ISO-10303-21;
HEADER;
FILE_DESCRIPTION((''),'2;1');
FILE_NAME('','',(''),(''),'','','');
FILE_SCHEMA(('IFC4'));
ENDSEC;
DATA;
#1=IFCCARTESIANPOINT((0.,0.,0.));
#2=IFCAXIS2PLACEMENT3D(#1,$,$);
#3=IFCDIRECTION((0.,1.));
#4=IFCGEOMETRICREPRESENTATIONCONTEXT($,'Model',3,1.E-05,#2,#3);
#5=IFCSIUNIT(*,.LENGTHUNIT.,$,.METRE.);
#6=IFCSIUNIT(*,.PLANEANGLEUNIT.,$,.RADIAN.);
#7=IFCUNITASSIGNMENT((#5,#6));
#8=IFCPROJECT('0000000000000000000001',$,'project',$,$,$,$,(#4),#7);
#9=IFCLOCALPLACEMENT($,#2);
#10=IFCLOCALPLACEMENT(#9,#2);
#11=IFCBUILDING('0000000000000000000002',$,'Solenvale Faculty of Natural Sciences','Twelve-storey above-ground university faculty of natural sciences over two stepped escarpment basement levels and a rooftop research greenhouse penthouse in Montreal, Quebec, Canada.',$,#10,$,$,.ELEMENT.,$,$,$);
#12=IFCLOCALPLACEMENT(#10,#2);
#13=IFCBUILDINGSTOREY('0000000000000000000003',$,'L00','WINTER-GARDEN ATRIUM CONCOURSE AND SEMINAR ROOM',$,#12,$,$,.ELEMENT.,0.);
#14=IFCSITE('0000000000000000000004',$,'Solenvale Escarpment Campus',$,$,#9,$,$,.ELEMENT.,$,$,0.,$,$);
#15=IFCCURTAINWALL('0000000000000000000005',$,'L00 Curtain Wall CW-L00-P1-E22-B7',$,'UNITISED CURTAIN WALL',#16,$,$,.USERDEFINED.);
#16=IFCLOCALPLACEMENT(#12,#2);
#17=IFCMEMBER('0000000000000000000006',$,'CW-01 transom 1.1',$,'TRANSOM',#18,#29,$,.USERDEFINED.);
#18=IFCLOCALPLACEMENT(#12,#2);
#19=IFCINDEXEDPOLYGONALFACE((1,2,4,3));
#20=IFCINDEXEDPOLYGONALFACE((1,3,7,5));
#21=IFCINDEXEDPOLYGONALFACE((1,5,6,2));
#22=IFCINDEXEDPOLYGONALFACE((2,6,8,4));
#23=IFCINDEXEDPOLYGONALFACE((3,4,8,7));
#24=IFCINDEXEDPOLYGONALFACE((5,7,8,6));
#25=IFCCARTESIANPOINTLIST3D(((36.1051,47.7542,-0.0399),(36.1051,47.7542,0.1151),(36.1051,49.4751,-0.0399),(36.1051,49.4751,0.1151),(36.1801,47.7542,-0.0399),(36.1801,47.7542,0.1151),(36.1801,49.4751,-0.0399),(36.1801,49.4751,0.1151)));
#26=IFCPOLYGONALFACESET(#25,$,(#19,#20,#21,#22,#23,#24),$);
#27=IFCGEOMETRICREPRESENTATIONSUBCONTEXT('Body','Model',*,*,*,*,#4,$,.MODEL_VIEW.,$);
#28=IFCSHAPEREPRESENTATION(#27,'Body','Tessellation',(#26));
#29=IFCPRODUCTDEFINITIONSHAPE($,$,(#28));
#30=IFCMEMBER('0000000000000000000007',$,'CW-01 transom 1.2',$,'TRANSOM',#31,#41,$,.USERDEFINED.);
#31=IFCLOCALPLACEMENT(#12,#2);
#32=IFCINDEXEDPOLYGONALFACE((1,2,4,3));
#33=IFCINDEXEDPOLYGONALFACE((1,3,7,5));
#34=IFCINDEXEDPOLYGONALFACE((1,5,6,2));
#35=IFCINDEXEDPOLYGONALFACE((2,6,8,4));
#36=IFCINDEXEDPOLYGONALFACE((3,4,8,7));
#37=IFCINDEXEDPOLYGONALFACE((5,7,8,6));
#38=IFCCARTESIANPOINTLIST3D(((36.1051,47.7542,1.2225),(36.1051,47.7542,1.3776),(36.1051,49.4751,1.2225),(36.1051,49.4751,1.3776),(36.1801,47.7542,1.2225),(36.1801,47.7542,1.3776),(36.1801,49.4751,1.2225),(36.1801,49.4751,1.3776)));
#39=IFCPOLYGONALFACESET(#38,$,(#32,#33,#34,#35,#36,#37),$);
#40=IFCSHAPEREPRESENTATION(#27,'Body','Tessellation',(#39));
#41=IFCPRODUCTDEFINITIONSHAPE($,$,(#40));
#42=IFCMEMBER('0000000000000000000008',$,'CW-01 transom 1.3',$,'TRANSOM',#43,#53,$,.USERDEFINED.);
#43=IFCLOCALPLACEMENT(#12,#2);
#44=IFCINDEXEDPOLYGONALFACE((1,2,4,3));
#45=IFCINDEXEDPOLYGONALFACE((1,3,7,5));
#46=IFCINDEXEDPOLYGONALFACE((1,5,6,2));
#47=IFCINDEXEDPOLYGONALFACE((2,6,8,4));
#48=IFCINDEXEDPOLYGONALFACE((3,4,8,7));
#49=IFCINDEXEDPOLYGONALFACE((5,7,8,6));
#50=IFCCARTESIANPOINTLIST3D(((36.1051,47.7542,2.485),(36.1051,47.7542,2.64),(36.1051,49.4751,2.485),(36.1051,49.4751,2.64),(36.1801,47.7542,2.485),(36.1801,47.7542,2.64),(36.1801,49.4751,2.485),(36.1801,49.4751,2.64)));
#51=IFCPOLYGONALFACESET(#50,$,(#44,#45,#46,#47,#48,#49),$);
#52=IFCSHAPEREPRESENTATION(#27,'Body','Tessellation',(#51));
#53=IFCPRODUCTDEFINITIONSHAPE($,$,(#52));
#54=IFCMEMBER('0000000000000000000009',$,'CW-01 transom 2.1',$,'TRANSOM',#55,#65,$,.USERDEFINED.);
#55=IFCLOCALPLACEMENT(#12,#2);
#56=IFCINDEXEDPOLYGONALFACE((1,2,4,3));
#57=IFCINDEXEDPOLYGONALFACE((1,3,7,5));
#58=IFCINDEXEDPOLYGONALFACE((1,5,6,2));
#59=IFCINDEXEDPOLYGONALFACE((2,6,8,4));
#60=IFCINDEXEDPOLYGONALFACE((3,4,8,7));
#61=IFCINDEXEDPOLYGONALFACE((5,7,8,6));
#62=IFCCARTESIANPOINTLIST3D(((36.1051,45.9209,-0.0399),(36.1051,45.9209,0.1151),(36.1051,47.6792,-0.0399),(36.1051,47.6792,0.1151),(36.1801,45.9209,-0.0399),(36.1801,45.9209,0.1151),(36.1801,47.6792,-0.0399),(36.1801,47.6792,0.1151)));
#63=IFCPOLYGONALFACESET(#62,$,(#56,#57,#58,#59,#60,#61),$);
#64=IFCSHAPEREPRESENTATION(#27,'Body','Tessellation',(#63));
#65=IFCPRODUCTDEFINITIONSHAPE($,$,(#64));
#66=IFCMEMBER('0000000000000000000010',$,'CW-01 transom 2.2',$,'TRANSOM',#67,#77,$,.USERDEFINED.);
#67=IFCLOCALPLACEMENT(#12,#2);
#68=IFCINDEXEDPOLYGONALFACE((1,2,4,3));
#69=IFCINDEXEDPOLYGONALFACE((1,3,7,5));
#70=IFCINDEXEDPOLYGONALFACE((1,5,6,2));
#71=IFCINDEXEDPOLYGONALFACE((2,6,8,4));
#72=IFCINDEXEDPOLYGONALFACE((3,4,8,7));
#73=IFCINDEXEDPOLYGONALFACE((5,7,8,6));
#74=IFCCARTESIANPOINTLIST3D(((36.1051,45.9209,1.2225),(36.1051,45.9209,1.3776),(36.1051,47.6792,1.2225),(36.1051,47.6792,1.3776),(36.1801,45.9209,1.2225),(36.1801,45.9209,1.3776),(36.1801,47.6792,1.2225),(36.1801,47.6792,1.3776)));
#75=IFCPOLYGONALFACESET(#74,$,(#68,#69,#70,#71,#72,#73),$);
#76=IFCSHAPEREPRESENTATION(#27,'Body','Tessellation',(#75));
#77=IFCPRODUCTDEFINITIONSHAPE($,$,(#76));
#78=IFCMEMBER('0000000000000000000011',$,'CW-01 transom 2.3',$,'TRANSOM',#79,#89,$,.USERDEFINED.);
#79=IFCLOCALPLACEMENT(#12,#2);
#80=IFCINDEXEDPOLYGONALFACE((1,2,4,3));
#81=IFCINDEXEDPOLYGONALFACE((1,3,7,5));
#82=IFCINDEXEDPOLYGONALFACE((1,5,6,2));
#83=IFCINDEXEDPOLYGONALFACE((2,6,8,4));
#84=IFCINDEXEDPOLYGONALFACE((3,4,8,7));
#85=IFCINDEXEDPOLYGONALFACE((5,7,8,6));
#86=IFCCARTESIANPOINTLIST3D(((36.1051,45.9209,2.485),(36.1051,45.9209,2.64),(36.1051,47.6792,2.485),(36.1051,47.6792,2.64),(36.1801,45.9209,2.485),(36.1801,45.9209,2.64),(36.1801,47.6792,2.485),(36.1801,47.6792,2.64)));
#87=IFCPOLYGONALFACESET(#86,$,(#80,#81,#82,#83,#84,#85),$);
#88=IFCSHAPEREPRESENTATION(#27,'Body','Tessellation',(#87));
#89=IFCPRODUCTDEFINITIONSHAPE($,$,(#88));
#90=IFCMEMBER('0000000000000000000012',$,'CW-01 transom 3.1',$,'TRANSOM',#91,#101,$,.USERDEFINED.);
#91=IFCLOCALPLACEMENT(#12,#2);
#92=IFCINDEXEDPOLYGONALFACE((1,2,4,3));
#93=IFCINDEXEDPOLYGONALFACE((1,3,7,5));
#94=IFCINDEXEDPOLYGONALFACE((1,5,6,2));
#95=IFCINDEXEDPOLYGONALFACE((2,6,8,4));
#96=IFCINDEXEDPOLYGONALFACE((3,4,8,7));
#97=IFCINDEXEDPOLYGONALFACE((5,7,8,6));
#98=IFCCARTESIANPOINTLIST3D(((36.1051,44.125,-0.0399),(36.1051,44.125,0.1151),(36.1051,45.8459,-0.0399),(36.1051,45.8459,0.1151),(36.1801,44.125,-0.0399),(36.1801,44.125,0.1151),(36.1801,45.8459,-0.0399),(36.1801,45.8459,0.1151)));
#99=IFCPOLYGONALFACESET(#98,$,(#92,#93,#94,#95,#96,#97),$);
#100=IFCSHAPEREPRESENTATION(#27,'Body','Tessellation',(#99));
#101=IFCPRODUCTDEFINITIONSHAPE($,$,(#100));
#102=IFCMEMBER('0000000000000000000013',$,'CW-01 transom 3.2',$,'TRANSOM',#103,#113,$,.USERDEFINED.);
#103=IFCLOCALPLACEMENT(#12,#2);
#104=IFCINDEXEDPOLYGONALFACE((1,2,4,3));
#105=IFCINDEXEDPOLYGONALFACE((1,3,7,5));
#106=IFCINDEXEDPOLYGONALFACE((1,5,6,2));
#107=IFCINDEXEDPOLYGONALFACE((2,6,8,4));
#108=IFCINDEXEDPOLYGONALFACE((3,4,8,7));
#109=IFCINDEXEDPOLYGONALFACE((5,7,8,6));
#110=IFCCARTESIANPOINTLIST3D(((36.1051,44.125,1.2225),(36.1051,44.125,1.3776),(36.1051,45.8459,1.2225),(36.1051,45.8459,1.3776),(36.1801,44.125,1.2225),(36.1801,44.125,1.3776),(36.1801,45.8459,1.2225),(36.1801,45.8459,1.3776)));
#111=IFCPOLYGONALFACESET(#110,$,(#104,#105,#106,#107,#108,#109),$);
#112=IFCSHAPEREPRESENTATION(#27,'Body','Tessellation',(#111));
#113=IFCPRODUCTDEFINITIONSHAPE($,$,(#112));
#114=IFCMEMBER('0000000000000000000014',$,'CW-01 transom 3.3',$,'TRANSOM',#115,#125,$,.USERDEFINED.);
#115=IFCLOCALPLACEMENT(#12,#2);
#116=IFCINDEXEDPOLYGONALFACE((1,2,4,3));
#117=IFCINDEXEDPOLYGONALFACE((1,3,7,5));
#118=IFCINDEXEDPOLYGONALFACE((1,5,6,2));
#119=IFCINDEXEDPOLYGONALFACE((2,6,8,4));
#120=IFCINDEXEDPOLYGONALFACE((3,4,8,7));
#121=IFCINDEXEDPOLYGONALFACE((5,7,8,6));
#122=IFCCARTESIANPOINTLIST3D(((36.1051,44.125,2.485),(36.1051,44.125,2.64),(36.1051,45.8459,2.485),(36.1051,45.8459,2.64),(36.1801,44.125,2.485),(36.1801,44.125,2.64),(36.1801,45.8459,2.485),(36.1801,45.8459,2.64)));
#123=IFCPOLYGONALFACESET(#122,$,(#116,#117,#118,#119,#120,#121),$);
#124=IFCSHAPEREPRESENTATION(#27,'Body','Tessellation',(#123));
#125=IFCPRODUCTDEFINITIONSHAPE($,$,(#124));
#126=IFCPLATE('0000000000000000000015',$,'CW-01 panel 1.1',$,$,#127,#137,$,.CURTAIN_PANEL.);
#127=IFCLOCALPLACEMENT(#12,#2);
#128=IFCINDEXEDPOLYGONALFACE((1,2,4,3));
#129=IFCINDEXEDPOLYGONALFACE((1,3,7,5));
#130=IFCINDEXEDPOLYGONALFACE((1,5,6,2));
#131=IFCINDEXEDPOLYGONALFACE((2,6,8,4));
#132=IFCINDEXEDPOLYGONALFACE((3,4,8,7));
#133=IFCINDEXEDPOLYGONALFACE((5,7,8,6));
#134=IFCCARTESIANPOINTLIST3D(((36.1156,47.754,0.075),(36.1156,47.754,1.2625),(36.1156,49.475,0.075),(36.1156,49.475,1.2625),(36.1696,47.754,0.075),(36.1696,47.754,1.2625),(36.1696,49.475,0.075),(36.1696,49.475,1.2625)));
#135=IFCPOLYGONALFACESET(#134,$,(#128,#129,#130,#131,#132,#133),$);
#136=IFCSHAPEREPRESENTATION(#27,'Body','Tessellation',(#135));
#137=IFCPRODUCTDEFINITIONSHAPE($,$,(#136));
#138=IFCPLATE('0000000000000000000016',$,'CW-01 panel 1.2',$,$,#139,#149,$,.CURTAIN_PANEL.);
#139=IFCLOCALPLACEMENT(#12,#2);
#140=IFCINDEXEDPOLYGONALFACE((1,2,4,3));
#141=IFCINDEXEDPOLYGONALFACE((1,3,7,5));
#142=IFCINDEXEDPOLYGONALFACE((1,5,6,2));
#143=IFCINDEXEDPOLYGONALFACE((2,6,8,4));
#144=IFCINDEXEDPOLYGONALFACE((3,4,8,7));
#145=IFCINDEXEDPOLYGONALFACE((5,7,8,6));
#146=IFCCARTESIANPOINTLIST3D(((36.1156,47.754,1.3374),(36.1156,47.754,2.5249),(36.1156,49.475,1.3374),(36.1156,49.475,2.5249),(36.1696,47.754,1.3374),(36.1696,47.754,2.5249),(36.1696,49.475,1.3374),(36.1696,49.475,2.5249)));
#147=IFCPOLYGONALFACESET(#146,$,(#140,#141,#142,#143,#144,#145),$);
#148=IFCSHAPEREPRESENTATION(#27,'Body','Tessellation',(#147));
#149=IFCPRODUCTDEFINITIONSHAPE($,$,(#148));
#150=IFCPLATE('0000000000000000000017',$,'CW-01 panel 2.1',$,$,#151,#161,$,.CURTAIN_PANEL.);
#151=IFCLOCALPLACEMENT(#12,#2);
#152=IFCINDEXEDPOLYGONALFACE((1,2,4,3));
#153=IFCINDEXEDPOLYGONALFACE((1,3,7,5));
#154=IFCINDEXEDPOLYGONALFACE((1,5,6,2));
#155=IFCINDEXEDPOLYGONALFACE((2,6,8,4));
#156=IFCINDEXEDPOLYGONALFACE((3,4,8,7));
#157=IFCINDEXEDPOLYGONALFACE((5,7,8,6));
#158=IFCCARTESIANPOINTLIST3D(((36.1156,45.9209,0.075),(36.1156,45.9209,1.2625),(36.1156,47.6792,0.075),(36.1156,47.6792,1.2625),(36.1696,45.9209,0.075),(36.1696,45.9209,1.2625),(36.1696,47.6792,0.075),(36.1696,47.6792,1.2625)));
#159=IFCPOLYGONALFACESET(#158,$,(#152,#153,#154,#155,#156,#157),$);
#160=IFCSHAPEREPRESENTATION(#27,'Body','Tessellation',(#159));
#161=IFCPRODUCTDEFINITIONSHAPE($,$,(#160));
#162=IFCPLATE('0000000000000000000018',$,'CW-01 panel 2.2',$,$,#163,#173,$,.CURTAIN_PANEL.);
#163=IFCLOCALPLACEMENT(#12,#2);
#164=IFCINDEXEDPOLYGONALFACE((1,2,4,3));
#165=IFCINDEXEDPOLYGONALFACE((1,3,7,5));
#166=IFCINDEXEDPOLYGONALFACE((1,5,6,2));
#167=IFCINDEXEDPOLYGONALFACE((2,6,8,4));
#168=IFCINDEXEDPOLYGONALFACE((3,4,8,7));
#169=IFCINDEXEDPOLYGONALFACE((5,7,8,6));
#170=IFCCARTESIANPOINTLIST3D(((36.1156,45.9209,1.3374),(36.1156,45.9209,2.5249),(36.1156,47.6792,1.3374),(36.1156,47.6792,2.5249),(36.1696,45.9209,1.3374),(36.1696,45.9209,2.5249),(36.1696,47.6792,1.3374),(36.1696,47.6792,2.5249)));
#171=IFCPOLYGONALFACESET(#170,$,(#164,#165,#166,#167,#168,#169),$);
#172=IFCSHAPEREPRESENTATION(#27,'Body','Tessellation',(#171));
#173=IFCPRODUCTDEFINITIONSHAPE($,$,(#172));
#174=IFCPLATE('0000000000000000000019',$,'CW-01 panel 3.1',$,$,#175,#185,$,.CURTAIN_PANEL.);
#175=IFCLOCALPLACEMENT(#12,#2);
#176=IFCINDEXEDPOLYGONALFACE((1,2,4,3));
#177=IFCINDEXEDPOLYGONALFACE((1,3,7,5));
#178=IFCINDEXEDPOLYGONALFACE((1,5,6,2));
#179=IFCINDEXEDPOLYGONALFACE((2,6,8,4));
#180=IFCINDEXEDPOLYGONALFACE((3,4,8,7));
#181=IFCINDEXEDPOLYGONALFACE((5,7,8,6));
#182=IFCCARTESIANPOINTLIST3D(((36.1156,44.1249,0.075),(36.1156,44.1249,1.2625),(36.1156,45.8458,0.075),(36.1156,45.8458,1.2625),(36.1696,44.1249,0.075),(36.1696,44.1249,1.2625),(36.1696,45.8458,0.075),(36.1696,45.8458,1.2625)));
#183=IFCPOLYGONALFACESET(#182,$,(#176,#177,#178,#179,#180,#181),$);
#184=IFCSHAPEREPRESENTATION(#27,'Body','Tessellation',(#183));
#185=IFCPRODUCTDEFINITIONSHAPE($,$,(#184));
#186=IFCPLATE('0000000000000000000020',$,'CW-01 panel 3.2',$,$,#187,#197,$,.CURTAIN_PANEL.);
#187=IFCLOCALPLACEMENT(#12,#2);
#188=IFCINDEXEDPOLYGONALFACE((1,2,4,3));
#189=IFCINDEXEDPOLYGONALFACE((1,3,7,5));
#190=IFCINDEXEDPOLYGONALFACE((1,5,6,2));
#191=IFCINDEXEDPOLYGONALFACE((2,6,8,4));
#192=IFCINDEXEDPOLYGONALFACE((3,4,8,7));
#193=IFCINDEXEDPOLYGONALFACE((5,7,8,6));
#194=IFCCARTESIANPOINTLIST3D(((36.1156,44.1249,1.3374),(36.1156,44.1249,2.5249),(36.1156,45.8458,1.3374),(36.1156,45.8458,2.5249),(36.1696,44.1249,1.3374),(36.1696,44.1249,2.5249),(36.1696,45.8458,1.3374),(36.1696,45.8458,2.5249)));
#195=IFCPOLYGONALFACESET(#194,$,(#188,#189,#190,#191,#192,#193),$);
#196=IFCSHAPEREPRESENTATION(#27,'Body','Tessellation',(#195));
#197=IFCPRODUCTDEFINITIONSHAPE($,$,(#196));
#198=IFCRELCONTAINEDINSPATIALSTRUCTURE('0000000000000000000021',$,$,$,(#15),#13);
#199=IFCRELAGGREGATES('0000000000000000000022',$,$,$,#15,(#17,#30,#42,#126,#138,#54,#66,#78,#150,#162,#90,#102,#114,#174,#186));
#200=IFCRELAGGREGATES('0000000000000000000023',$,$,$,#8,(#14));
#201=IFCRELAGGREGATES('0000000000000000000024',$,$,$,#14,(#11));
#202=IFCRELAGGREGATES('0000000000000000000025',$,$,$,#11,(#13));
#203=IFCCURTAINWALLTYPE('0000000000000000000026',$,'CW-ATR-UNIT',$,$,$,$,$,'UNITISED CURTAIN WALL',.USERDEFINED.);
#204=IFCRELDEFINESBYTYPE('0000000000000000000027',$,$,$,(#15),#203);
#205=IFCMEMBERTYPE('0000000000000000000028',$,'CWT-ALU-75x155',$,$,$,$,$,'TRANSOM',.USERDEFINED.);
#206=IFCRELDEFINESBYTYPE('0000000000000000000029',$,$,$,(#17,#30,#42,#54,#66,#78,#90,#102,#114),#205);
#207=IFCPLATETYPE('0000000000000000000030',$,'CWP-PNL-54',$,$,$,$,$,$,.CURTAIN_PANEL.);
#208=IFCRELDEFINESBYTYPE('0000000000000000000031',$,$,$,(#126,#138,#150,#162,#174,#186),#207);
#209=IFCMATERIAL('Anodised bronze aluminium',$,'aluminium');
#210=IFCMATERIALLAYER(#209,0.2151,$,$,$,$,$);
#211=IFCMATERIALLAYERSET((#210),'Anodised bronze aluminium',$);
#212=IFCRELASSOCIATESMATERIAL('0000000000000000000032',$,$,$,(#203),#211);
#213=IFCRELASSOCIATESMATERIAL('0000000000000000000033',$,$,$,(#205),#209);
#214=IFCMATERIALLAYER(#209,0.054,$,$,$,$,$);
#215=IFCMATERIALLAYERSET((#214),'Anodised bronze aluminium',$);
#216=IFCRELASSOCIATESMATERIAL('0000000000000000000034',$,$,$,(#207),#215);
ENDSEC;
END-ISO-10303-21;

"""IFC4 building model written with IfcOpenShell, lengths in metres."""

from ifc_helpers import new_model, si_unit, direction, frame, origin, origin_2d, place, context, subcontext, project, spatial, rectangle, extrude, material, layer, layer_set, material_profile, profile_set, type_object, element, aggregate, save


model = new_model("IFC4")

# Units and contexts
model_context = context("Model", 3, precision=1e-05, world=origin(), true_north=direction((0.0, 1.0)))
body_context = subcontext(model_context, "Body", "Model", "MODEL_VIEW")
ifc_project = project(units=[si_unit("LENGTHUNIT", "METRE"), si_unit("PLANEANGLEUNIT", "RADIAN")], contexts=[model_context])

# Site, building, storey
site_placement = place(None, origin())
site = spatial("IfcSite", under=ifc_project, at=site_placement, Name="Solenvale Escarpment Campus", CompositionType="ELEMENT", RefElevation=0.0)
building_placement = place(site_placement, origin())
building = spatial("IfcBuilding", under=site, at=building_placement, Name="Solenvale Faculty of Natural Sciences", Description="Twelve-storey above-ground university faculty of natural sciences over two stepped escarpment basement levels and a rooftop research greenhouse penthouse in Montreal, Quebec, Canada.", CompositionType="ELEMENT")
storey_placement = place(building_placement, origin())
storey = spatial("IfcBuildingStorey", under=building, at=storey_placement, Name="L00", Description="WINTER-GARDEN ATRIUM CONCOURSE AND SEMINAR ROOM", CompositionType="ELEMENT", Elevation=0.0)

# Curtain wall, members, plates
ifc_material_1 = material(Name="Anodised bronze aluminium", Category="aluminium")
ifc_layer_1 = layer(ifc_material_1, 0.2151)
ifc_layer_set_1 = layer_set([ifc_layer_1], Name="Anodised bronze aluminium")
curtain_wall_type = type_object("IfcCurtainWallType", Name="CW-ATR-UNIT", ElementType="UNITISED CURTAIN WALL", PredefinedType="USERDEFINED", material=ifc_layer_set_1)
curtain_wall_placement = place(storey_placement, origin())
curtain_wall = element("IfcCurtainWall", 1, at=curtain_wall_placement, inside=storey, type_object=curtain_wall_type, Name="L00 Curtain Wall CW-L00-P1-E22-B7", ObjectType="UNITISED CURTAIN WALL", PredefinedType="USERDEFINED")
ifc_material_profile_1 = material_profile(ifc_material_1, rectangle(XDim=0.075, YDim=0.155, at=origin_2d()), Name="ALU-TRN-75x155")
ifc_profile_set_1 = profile_set([ifc_material_profile_1], Name="Anodised bronze aluminium")
member_type_1 = type_object("IfcMemberType", Name="CWT-ALU-75x155", ElementType="TRANSOM", PredefinedType="USERDEFINED", material=ifc_profile_set_1)
member_1_placement = place(storey_placement, frame((36.1426, 49.4751, 0.0376), z_axis=(0.0, -1.0, 0.0), x_axis=(1.0, 0.0, 0.0)))
member_1 = element("IfcMember", 2, at=member_1_placement, type_object=member_type_1, Name="CW-01 transom 1.1", ObjectType="TRANSOM", PredefinedType="USERDEFINED", context=body_context, shape_type="SweptSolid", body=[
    extrude(rectangle(XDim=0.075, YDim=0.155, at=origin_2d()), origin(), (0.0, 0.0, 1.0), 1.7209),
])
member_2_placement = place(storey_placement, frame((36.1426, 49.4751, 1.3), z_axis=(0.0, -1.0, 0.0), x_axis=(1.0, 0.0, 0.0)))
member_2 = element("IfcMember", 3, at=member_2_placement, type_object=member_type_1, Name="CW-01 transom 1.2", ObjectType="TRANSOM", PredefinedType="USERDEFINED", context=body_context, shape_type="SweptSolid", body=[
    extrude(rectangle(XDim=0.075, YDim=0.155, at=origin_2d()), origin(), (0.0, 0.0, 1.0), 1.7209),
])
member_3_placement = place(storey_placement, frame((36.1426, 49.4751, 2.5625), z_axis=(0.0, -1.0, 0.0), x_axis=(1.0, 0.0, 0.0)))
member_3 = element("IfcMember", 4, at=member_3_placement, type_object=member_type_1, Name="CW-01 transom 1.3", ObjectType="TRANSOM", PredefinedType="USERDEFINED", context=body_context, shape_type="SweptSolid", body=[
    extrude(rectangle(XDim=0.075, YDim=0.155, at=origin_2d()), origin(), (0.0, 0.0, 1.0), 1.7209),
])
member_4_placement = place(storey_placement, frame((36.1426, 47.6792, 0.0376), z_axis=(0.0, -1.0, 0.0), x_axis=(1.0, 0.0, 0.0)))
member_4 = element("IfcMember", 5, at=member_4_placement, type_object=member_type_1, Name="CW-01 transom 2.1", ObjectType="TRANSOM", PredefinedType="USERDEFINED", context=body_context, shape_type="SweptSolid", body=[
    extrude(rectangle(XDim=0.075, YDim=0.155, at=origin_2d()), origin(), (0.0, 0.0, 1.0), 1.7583),
])
member_5_placement = place(storey_placement, frame((36.1426, 47.6792, 1.3), z_axis=(0.0, -1.0, 0.0), x_axis=(1.0, 0.0, 0.0)))
member_5 = element("IfcMember", 6, at=member_5_placement, type_object=member_type_1, Name="CW-01 transom 2.2", ObjectType="TRANSOM", PredefinedType="USERDEFINED", context=body_context, shape_type="SweptSolid", body=[
    extrude(rectangle(XDim=0.075, YDim=0.155, at=origin_2d()), origin(), (0.0, 0.0, 1.0), 1.7583),
])
member_6_placement = place(storey_placement, frame((36.1426, 47.6792, 2.5625), z_axis=(0.0, -1.0, 0.0), x_axis=(1.0, 0.0, 0.0)))
member_6 = element("IfcMember", 7, at=member_6_placement, type_object=member_type_1, Name="CW-01 transom 2.3", ObjectType="TRANSOM", PredefinedType="USERDEFINED", context=body_context, shape_type="SweptSolid", body=[
    extrude(rectangle(XDim=0.075, YDim=0.155, at=origin_2d()), origin(), (0.0, 0.0, 1.0), 1.7583),
])
member_7_placement = place(storey_placement, frame((36.1426, 45.8459, 0.0376), z_axis=(0.0, -1.0, 0.0), x_axis=(1.0, 0.0, 0.0)))
member_7 = element("IfcMember", 8, at=member_7_placement, type_object=member_type_1, Name="CW-01 transom 3.1", ObjectType="TRANSOM", PredefinedType="USERDEFINED", context=body_context, shape_type="SweptSolid", body=[
    extrude(rectangle(XDim=0.075, YDim=0.155, at=origin_2d()), origin(), (0.0, 0.0, 1.0), 1.7209),
])
member_8_placement = place(storey_placement, frame((36.1426, 45.8459, 1.3), z_axis=(0.0, -1.0, 0.0), x_axis=(1.0, 0.0, 0.0)))
member_8 = element("IfcMember", 9, at=member_8_placement, type_object=member_type_1, Name="CW-01 transom 3.2", ObjectType="TRANSOM", PredefinedType="USERDEFINED", context=body_context, shape_type="SweptSolid", body=[
    extrude(rectangle(XDim=0.075, YDim=0.155, at=origin_2d()), origin(), (0.0, 0.0, 1.0), 1.7209),
])
member_9_placement = place(storey_placement, frame((36.1426, 45.8459, 2.5625), z_axis=(0.0, -1.0, 0.0), x_axis=(1.0, 0.0, 0.0)))
member_9 = element("IfcMember", 10, at=member_9_placement, type_object=member_type_1, Name="CW-01 transom 3.3", ObjectType="TRANSOM", PredefinedType="USERDEFINED", context=body_context, shape_type="SweptSolid", body=[
    extrude(rectangle(XDim=0.075, YDim=0.155, at=origin_2d()), origin(), (0.0, 0.0, 1.0), 1.7209),
])
ifc_layer_2 = layer(ifc_material_1, 0.054)
ifc_layer_set_2 = layer_set([ifc_layer_2], Name="Anodised bronze aluminium")
plate_type = type_object("IfcPlateType", Name="CWP-PNL-54", PredefinedType="CURTAIN_PANEL", material=ifc_layer_set_2)
plate_1_placement = place(storey_placement, frame((36.1426, 48.6145, 0.075), z_axis=(0.0, 0.0, 1.0), x_axis=(0.0, -1.0, 0.0)))
plate_1 = element("IfcPlate", 11, at=plate_1_placement, type_object=plate_type, Name="CW-01 panel 1.1", PredefinedType="CURTAIN_PANEL", context=body_context, shape_type="SweptSolid", body=[
    extrude(rectangle(XDim=1.7209, YDim=0.054, at=origin_2d()), origin(), (0.0, 0.0, 1.0), 1.1875),
])
plate_2_placement = place(storey_placement, frame((36.1426, 48.6145, 1.3374), z_axis=(0.0, 0.0, 1.0), x_axis=(0.0, -1.0, 0.0)))
plate_2 = element("IfcPlate", 12, at=plate_2_placement, type_object=plate_type, Name="CW-01 panel 1.2", PredefinedType="CURTAIN_PANEL", context=body_context, shape_type="SweptSolid", body=[
    extrude(rectangle(XDim=1.7209, YDim=0.054, at=origin_2d()), origin(), (0.0, 0.0, 1.0), 1.1875),
])
plate_3_placement = place(storey_placement, frame((36.1426, 46.8, 0.075), z_axis=(0.0, 0.0, 1.0), x_axis=(0.0, -1.0, 0.0)))
plate_3 = element("IfcPlate", 13, at=plate_3_placement, type_object=plate_type, Name="CW-01 panel 2.1", PredefinedType="CURTAIN_PANEL", context=body_context, shape_type="SweptSolid", body=[
    extrude(rectangle(XDim=1.7583, YDim=0.054, at=origin_2d()), origin(), (0.0, 0.0, 1.0), 1.1875),
])
plate_4_placement = place(storey_placement, frame((36.1426, 46.8, 1.3374), z_axis=(0.0, 0.0, 1.0), x_axis=(0.0, -1.0, 0.0)))
plate_4 = element("IfcPlate", 14, at=plate_4_placement, type_object=plate_type, Name="CW-01 panel 2.2", PredefinedType="CURTAIN_PANEL", context=body_context, shape_type="SweptSolid", body=[
    extrude(rectangle(XDim=1.7583, YDim=0.054, at=origin_2d()), origin(), (0.0, 0.0, 1.0), 1.1875),
])
plate_5_placement = place(storey_placement, frame((36.1426, 44.9854, 0.075), z_axis=(0.0, 0.0, 1.0), x_axis=(0.0, -1.0, 0.0)))
plate_5 = element("IfcPlate", 15, at=plate_5_placement, type_object=plate_type, Name="CW-01 panel 3.1", PredefinedType="CURTAIN_PANEL", context=body_context, shape_type="SweptSolid", body=[
    extrude(rectangle(XDim=1.7209, YDim=0.054, at=origin_2d()), origin(), (0.0, 0.0, 1.0), 1.1875),
])
plate_6_placement = place(storey_placement, frame((36.1426, 44.9854, 1.3374), z_axis=(0.0, 0.0, 1.0), x_axis=(0.0, -1.0, 0.0)))
plate_6 = element("IfcPlate", 16, at=plate_6_placement, type_object=plate_type, Name="CW-01 panel 3.2", PredefinedType="CURTAIN_PANEL", context=body_context, shape_type="SweptSolid", body=[
    extrude(rectangle(XDim=1.7209, YDim=0.054, at=origin_2d()), origin(), (0.0, 0.0, 1.0), 1.1875),
])
aggregate(curtain_wall, [member_1, member_2, member_3, plate_1, plate_2, member_4, member_5, member_6, plate_3, plate_4, member_7, member_8, member_9, plate_5, plate_6])

save(model, "model.ifc")
